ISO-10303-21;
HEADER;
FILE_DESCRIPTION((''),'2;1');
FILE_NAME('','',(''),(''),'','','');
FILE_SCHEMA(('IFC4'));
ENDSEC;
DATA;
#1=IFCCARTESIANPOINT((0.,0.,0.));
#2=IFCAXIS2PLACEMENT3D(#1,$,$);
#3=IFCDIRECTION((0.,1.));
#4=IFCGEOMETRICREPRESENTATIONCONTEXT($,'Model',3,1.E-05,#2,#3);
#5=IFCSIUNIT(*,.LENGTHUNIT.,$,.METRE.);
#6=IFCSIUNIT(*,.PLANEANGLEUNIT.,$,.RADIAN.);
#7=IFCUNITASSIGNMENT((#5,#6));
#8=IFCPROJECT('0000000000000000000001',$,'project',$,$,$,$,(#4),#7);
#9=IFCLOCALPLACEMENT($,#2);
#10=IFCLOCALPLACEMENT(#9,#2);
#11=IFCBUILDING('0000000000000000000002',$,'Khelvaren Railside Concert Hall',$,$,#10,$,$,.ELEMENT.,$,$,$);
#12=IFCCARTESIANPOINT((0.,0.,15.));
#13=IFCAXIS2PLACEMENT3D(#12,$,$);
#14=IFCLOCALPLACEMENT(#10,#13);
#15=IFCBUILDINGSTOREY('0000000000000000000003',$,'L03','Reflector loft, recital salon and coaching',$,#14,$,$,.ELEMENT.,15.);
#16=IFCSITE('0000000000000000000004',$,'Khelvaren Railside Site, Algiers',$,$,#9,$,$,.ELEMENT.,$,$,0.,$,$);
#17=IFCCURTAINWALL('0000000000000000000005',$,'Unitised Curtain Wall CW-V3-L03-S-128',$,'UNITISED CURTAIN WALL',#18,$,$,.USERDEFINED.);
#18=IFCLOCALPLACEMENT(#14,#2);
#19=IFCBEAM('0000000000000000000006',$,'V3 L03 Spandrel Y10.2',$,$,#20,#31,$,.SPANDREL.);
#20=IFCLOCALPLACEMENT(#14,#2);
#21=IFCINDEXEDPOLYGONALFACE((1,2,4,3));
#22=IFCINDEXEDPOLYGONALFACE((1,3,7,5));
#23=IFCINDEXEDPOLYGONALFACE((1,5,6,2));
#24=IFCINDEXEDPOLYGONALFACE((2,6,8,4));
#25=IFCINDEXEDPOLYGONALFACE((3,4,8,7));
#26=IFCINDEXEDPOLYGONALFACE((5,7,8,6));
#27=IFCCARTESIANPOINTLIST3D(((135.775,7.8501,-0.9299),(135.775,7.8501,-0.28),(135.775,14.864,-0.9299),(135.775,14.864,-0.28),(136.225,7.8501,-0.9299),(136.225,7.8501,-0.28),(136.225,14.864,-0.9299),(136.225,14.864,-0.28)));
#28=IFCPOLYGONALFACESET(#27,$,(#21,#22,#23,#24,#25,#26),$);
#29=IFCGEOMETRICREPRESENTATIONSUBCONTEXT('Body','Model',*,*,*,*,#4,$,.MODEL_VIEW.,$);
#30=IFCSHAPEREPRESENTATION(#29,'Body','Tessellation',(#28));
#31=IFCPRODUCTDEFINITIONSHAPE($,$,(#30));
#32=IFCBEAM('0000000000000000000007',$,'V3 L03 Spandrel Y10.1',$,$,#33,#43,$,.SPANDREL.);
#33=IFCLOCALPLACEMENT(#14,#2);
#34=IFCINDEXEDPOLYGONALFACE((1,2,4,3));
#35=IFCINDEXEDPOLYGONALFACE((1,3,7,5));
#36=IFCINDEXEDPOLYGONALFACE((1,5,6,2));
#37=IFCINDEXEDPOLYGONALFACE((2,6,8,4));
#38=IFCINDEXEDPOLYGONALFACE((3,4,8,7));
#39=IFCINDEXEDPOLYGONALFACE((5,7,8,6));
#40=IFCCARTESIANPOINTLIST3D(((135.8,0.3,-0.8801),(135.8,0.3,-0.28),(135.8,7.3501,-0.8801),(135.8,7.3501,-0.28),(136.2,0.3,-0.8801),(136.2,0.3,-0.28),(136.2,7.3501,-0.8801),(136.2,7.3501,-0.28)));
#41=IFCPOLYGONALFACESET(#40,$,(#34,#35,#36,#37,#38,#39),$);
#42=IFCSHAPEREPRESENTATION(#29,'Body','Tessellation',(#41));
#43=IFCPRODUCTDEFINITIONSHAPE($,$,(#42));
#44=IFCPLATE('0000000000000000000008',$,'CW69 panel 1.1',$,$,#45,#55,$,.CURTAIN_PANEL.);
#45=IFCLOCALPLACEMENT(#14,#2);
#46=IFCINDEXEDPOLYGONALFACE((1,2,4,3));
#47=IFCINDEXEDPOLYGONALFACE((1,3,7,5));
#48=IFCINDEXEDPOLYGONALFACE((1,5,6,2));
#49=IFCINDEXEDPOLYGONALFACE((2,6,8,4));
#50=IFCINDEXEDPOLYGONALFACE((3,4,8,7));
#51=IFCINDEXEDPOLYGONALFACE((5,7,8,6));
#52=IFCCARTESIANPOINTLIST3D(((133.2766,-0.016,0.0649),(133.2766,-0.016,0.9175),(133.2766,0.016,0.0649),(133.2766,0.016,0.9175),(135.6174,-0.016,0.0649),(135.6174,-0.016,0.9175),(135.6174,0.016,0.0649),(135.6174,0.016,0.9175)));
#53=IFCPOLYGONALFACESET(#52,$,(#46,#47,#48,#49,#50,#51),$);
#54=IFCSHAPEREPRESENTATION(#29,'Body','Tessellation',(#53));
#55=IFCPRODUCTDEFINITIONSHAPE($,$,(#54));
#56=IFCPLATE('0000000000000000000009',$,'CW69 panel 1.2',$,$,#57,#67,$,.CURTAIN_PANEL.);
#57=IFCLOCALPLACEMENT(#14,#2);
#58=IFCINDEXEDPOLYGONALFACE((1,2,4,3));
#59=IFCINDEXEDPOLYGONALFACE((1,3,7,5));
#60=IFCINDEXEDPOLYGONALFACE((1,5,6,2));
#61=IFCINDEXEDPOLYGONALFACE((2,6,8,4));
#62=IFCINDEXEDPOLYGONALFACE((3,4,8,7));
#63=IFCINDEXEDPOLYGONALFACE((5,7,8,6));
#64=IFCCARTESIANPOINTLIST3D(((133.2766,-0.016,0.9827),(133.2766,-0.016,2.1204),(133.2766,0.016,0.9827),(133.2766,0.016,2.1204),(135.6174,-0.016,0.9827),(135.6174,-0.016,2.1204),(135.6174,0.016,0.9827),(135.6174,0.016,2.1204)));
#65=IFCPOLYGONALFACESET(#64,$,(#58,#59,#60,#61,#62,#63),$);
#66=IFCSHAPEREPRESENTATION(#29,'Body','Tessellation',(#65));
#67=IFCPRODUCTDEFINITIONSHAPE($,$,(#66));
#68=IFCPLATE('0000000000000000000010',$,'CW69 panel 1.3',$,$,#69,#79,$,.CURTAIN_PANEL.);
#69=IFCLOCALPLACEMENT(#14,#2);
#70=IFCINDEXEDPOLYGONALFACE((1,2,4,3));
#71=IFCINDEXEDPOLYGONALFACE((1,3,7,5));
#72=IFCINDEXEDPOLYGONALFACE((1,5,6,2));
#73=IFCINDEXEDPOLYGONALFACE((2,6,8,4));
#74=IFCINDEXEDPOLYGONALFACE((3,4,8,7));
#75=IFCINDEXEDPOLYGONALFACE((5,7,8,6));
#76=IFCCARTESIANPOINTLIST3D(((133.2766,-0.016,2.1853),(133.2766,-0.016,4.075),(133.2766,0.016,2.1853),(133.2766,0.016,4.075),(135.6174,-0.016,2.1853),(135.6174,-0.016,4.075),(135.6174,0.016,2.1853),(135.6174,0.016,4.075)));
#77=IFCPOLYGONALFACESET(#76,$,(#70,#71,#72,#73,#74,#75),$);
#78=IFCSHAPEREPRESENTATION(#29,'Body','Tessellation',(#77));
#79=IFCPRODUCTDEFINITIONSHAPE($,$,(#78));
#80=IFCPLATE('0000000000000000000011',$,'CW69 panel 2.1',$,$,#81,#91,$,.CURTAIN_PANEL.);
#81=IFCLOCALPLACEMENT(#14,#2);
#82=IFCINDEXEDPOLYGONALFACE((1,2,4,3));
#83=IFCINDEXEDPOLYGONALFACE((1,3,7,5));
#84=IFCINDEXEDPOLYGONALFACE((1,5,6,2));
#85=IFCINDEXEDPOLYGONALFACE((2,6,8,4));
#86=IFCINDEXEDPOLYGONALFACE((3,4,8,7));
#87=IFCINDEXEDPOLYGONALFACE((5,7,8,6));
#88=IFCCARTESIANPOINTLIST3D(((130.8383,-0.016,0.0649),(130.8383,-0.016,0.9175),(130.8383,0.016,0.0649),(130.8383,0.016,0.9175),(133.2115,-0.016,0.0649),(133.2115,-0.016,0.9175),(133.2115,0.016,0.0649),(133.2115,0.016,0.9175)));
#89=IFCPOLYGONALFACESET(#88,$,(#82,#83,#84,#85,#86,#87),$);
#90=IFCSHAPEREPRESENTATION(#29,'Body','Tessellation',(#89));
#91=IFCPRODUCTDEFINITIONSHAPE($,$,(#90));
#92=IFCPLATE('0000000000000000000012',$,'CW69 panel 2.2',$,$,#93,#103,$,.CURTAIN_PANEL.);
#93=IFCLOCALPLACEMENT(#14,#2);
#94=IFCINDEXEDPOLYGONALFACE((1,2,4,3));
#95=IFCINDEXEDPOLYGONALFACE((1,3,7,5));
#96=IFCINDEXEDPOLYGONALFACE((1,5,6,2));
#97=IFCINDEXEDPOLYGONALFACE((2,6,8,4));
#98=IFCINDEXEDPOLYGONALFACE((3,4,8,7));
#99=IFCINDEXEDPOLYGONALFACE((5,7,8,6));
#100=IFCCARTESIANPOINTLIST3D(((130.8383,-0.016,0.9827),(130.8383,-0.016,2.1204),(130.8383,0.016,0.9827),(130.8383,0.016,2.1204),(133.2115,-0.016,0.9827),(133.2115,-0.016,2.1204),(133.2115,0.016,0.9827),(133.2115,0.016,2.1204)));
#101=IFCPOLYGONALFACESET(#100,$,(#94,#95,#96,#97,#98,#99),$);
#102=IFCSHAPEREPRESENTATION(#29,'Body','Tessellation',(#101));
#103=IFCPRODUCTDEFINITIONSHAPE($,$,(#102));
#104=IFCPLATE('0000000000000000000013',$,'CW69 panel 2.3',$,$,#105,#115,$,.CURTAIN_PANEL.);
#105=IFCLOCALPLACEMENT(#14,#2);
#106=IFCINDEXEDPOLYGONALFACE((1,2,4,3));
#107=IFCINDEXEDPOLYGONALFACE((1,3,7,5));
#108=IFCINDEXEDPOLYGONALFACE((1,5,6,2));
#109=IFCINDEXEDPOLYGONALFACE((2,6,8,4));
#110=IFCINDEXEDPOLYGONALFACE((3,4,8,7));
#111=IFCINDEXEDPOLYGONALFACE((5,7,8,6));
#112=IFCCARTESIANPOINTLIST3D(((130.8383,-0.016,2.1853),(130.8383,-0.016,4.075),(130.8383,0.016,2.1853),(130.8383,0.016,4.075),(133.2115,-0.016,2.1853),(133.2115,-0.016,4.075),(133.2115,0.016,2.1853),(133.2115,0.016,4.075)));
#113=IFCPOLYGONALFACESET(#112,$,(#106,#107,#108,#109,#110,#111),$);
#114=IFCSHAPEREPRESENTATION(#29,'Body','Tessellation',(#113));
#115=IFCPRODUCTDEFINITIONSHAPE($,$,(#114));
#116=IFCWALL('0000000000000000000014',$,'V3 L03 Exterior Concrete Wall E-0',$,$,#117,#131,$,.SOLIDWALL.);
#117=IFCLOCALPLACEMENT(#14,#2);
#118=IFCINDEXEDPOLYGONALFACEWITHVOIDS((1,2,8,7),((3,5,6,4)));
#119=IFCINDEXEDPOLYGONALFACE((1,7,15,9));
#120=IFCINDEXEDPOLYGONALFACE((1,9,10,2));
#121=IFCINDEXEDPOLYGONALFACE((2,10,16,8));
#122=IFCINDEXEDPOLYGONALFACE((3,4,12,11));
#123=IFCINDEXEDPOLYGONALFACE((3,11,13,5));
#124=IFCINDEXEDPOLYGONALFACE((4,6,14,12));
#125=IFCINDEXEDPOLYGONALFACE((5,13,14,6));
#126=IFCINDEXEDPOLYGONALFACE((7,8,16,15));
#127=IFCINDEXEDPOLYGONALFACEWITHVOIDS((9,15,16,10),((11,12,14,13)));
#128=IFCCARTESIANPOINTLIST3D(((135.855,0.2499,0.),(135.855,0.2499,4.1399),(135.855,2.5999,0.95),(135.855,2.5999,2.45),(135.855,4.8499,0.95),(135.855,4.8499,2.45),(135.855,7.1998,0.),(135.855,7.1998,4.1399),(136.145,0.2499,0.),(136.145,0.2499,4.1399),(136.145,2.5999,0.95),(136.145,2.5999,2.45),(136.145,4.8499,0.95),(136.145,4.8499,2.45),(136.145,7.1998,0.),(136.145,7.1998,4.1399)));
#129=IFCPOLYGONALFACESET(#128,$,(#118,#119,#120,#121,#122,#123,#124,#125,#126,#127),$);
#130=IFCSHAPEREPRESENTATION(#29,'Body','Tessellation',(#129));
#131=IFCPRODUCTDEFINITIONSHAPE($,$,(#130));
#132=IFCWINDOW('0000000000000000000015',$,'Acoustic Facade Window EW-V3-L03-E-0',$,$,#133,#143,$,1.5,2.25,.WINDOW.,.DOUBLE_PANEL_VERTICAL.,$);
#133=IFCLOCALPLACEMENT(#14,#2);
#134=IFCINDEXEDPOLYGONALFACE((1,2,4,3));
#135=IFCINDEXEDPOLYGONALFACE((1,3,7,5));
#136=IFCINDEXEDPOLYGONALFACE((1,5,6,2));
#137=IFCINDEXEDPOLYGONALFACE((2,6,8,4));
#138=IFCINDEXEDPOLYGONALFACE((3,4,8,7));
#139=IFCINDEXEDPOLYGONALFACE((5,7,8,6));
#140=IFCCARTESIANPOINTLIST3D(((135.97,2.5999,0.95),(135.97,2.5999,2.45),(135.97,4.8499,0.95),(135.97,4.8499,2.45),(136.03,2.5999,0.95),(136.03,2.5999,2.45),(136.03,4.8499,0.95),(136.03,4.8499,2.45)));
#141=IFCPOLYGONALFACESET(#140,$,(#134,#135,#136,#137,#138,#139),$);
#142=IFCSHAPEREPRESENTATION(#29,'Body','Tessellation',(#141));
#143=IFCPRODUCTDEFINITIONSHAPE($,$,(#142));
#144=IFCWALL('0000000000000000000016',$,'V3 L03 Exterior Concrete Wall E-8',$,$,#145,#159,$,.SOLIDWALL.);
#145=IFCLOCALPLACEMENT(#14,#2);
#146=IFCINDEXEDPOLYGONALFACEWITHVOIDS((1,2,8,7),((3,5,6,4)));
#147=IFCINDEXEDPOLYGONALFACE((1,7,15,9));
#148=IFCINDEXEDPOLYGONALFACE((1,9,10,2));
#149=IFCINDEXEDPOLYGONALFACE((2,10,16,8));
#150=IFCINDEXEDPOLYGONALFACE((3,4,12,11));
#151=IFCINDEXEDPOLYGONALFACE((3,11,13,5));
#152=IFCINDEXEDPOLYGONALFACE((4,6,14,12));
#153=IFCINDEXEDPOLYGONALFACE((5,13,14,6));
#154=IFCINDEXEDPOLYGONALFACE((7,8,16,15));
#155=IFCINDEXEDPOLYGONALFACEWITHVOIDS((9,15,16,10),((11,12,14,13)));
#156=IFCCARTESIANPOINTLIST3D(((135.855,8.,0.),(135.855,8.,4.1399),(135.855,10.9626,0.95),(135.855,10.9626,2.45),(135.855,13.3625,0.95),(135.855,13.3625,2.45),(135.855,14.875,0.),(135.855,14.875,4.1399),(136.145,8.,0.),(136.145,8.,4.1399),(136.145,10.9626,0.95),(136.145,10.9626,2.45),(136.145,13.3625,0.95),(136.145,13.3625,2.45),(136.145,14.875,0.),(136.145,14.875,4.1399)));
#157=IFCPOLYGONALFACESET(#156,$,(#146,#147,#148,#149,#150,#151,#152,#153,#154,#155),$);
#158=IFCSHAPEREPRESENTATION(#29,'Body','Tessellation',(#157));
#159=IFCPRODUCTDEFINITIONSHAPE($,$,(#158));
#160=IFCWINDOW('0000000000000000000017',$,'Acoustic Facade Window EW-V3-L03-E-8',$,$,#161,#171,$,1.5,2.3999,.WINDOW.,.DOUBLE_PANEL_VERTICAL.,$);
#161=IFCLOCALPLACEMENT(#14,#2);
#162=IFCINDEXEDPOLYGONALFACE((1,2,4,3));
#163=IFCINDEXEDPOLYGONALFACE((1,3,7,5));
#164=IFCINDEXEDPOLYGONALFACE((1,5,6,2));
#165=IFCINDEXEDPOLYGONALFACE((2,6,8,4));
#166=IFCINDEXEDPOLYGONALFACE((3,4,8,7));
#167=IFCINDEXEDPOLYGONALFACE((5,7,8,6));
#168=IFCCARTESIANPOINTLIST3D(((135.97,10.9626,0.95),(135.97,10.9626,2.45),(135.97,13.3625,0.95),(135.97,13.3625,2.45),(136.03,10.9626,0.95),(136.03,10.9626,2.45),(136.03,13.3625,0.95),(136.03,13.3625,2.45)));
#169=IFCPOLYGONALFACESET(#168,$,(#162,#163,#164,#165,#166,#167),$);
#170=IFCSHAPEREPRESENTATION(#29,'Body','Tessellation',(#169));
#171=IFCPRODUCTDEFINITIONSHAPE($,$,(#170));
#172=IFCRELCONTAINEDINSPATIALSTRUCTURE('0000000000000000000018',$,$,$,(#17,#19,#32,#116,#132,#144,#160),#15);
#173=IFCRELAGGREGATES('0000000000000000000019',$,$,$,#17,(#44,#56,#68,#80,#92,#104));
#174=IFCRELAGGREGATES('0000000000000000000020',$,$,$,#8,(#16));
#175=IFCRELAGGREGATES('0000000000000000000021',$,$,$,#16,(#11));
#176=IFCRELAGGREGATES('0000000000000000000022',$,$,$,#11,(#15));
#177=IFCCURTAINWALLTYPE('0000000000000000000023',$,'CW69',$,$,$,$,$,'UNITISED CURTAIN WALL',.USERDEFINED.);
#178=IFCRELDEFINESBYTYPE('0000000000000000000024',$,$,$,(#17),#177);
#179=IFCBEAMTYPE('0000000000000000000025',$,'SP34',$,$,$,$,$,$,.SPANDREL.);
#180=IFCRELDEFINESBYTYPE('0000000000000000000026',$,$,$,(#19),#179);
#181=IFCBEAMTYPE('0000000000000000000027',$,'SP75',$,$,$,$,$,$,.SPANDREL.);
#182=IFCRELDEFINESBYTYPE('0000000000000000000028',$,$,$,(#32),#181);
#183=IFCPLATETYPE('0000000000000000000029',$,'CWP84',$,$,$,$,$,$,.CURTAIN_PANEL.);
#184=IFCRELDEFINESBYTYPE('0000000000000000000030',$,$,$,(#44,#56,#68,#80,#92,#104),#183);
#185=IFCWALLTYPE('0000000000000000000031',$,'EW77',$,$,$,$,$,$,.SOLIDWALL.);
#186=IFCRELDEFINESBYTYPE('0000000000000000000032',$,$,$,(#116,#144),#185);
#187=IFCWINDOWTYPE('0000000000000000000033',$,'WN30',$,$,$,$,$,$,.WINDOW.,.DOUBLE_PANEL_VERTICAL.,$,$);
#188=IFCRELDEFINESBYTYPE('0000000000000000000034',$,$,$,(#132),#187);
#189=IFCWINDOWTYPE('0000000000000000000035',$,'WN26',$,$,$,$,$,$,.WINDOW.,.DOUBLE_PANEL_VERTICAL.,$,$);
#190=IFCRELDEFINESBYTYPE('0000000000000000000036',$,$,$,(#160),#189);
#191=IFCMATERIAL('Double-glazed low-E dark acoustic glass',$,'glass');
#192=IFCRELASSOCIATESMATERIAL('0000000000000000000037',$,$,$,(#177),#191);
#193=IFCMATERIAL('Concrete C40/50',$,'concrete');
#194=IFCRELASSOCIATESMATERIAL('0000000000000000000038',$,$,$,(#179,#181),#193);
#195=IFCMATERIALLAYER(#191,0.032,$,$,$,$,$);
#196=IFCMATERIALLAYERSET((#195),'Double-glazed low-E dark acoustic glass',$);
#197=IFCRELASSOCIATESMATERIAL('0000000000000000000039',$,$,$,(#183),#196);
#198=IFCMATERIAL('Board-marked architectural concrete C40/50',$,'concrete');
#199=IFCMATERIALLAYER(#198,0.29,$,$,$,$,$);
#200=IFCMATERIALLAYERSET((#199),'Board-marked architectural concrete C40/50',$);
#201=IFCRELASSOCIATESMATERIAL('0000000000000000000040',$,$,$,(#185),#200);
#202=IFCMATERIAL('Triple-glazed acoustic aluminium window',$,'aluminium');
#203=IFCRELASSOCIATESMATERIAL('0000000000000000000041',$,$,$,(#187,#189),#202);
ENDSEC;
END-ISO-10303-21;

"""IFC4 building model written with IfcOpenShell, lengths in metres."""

from ifc_helpers import new_model, si_unit, direction, frame, frame_2d, origin, origin_2d, place, context, subcontext, project, spatial, rectangle, extrude, material, layer, layer_set, material_profile, profile_set, type_object, element, fill, aggregate, save


model = new_model("IFC4")

# Units and contexts
model_context = context("Model", 3, precision=1e-05, world=origin(), true_north=direction((0.0, 1.0)))
body_context = subcontext(model_context, "Body", "Model", "MODEL_VIEW")
ifc_project = project(units=[si_unit("LENGTHUNIT", "METRE"), si_unit("PLANEANGLEUNIT", "RADIAN")], contexts=[model_context])

# Site, building, storey
site_placement = place(None, origin())
site = spatial("IfcSite", under=ifc_project, at=site_placement, Name="Khelvaren Railside Site, Algiers", CompositionType="ELEMENT", RefElevation=0.0)
building_placement = place(site_placement, origin())
building = spatial("IfcBuilding", under=site, at=building_placement, Name="Khelvaren Railside Concert Hall", CompositionType="ELEMENT")
storey_placement = place(building_placement, frame((0.0, 0.0, 15.0)))
storey = spatial("IfcBuildingStorey", under=building, at=storey_placement, Name="L03", Description="Reflector loft, recital salon and coaching", CompositionType="ELEMENT", Elevation=15.0)

# Curtain wall
ifc_material_1 = material(Name="Double-glazed low-E dark acoustic glass", Category="glass")
curtain_wall_type = type_object("IfcCurtainWallType", Name="CW69", ElementType="UNITISED CURTAIN WALL", PredefinedType="USERDEFINED", material=ifc_material_1)
curtain_wall_placement = place(storey_placement, origin())
curtain_wall = element("IfcCurtainWall", 1, at=curtain_wall_placement, inside=storey, type_object=curtain_wall_type, Name="Unitised Curtain Wall CW-V3-L03-S-128", ObjectType="UNITISED CURTAIN WALL", PredefinedType="USERDEFINED")

# Beams
ifc_material_2 = material(Name="Concrete C40/50", Category="concrete")
ifc_material_profile_1 = material_profile(ifc_material_2, rectangle(XDim=0.45, YDim=0.6499, at=origin_2d()), Name="RCB 450x650")
ifc_profile_set_1 = profile_set([ifc_material_profile_1], Name="Concrete C40/50")
beam_type_1 = type_object("IfcBeamType", Name="SP34", PredefinedType="SPANDREL", material=ifc_profile_set_1)
beam_1_placement = place(storey_placement, frame((136.0, 7.8501, -0.605), z_axis=(0.0, 1.0, 0.0), x_axis=(-1.0, 0.0, 0.0)))
element("IfcBeam", 2, at=beam_1_placement, inside=storey, type_object=beam_type_1, Name="V3 L03 Spandrel Y10.2", PredefinedType="SPANDREL", context=body_context, shape_type="SweptSolid", body=[
    extrude(rectangle(XDim=0.45, YDim=0.6499, at=origin_2d()), origin(), (0.0, 0.0, 1.0), 7.0139),
])
ifc_material_profile_2 = material_profile(ifc_material_2, rectangle(XDim=0.3999, YDim=0.6001, at=origin_2d()), Name="RCB 400x600")
ifc_profile_set_2 = profile_set([ifc_material_profile_2], Name="Concrete C40/50")
beam_type_2 = type_object("IfcBeamType", Name="SP75", PredefinedType="SPANDREL", material=ifc_profile_set_2)
beam_2_placement = place(storey_placement, frame((136.0, 0.3, -0.5801), z_axis=(0.0, 1.0, 0.0), x_axis=(-1.0, 0.0, 0.0)))
element("IfcBeam", 3, at=beam_2_placement, inside=storey, type_object=beam_type_2, Name="V3 L03 Spandrel Y10.1", PredefinedType="SPANDREL", context=body_context, shape_type="SweptSolid", body=[
    extrude(rectangle(XDim=0.3999, YDim=0.6001, at=origin_2d()), origin(), (0.0, 0.0, 1.0), 7.05),
])

# Plates
ifc_layer_1 = layer(ifc_material_1, 0.032)
ifc_layer_set_1 = layer_set([ifc_layer_1], Name="Double-glazed low-E dark acoustic glass")
plate_type = type_object("IfcPlateType", Name="CWP84", PredefinedType="CURTAIN_PANEL", material=ifc_layer_set_1)
plate_1_placement = place(storey_placement, frame((134.447, 0.0, 0.0649), z_axis=(0.0, 0.0, 1.0), x_axis=(-1.0, 0.0, 0.0)))
plate_1 = element("IfcPlate", 4, at=plate_1_placement, type_object=plate_type, Name="CW69 panel 1.1", PredefinedType="CURTAIN_PANEL", context=body_context, shape_type="SweptSolid", body=[
    extrude(rectangle(XDim=2.3408, YDim=0.032, at=origin_2d()), origin(), (0.0, 0.0, 1.0), 0.8525),
])
plate_2_placement = place(storey_placement, frame((134.447, 0.0, 0.9827), z_axis=(0.0, 0.0, 1.0), x_axis=(-1.0, 0.0, 0.0)))
plate_2 = element("IfcPlate", 5, at=plate_2_placement, type_object=plate_type, Name="CW69 panel 1.2", PredefinedType="CURTAIN_PANEL", context=body_context, shape_type="SweptSolid", body=[
    extrude(rectangle(XDim=2.3408, YDim=0.032, at=origin_2d()), origin(), (0.0, 0.0, 1.0), 1.1377),
])
plate_3_placement = place(storey_placement, frame((134.447, 0.0, 2.1853), z_axis=(0.0, 0.0, 1.0), x_axis=(-1.0, 0.0, 0.0)))
plate_3 = element("IfcPlate", 6, at=plate_3_placement, type_object=plate_type, Name="CW69 panel 1.3", PredefinedType="CURTAIN_PANEL", context=body_context, shape_type="SweptSolid", body=[
    extrude(rectangle(XDim=2.3408, YDim=0.032, at=origin_2d()), origin(), (0.0, 0.0, 1.0), 1.8896),
])
plate_4_placement = place(storey_placement, frame((132.0249, 0.0, 0.0649), z_axis=(0.0, 0.0, 1.0), x_axis=(-1.0, 0.0, 0.0)))
plate_4 = element("IfcPlate", 7, at=plate_4_placement, type_object=plate_type, Name="CW69 panel 2.1", PredefinedType="CURTAIN_PANEL", context=body_context, shape_type="SweptSolid", body=[
    extrude(rectangle(XDim=2.3733, YDim=0.032, at=origin_2d()), origin(), (0.0, 0.0, 1.0), 0.8525),
])
plate_5_placement = place(storey_placement, frame((132.0249, 0.0, 0.9827), z_axis=(0.0, 0.0, 1.0), x_axis=(-1.0, 0.0, 0.0)))
plate_5 = element("IfcPlate", 8, at=plate_5_placement, type_object=plate_type, Name="CW69 panel 2.2", PredefinedType="CURTAIN_PANEL", context=body_context, shape_type="SweptSolid", body=[
    extrude(rectangle(XDim=2.3733, YDim=0.032, at=origin_2d()), origin(), (0.0, 0.0, 1.0), 1.1377),
])
plate_6_placement = place(storey_placement, frame((132.0249, 0.0, 2.1853), z_axis=(0.0, 0.0, 1.0), x_axis=(-1.0, 0.0, 0.0)))
plate_6 = element("IfcPlate", 9, at=plate_6_placement, type_object=plate_type, Name="CW69 panel 2.3", PredefinedType="CURTAIN_PANEL", context=body_context, shape_type="SweptSolid", body=[
    extrude(rectangle(XDim=2.3733, YDim=0.032, at=origin_2d()), origin(), (0.0, 0.0, 1.0), 1.8896),
])
aggregate(curtain_wall, [plate_1, plate_2, plate_3, plate_4, plate_5, plate_6])

# Walls, openings, windows
ifc_material_3 = material(Name="Board-marked architectural concrete C40/50", Category="concrete")
ifc_layer_2 = layer(ifc_material_3, 0.29)
ifc_layer_set_2 = layer_set([ifc_layer_2], Name="Board-marked architectural concrete C40/50")
wall_type_1 = type_object("IfcWallType", Name="EW77", PredefinedType="SOLIDWALL", material=ifc_layer_set_2)
wall_1_placement = place(storey_placement, frame((136.0, 7.2, 0.0), z_axis=(0.0, 0.0, 1.0), x_axis=(0.0, -1.0, 0.0)))
wall_1 = element("IfcWall", 10, at=wall_1_placement, inside=storey, type_object=wall_type_1, Name="V3 L03 Exterior Concrete Wall E-0", PredefinedType="SOLIDWALL", context=body_context, shape_type="SweptSolid", body=[
    extrude(rectangle(XDim=6.95, YDim=0.29, at=frame_2d((3.4751, 0.0))), origin(), (0.0, 0.0, 1.0), 4.1399),
])
opening_1_placement = place(wall_1_placement, frame((2.3501, 0.0, 0.95)))
opening_1 = element("IfcOpeningElement", 11, at=opening_1_placement, cuts=wall_1, PredefinedType="OPENING", context=body_context, shape_type="SweptSolid", body=[
    extrude(rectangle(XDim=2.25, YDim=1.5, at=frame_2d((1.125, 0.75))), frame((0.0, 0.155, 0.0), z_axis=(0.0, -1.0, 0.0), x_axis=(1.0, 0.0, 0.0)), (0.0, 0.0, 1.0), 0.3101),
])
ifc_material_4 = material(Name="Triple-glazed acoustic aluminium window", Category="aluminium")
window_type_1 = type_object("IfcWindowType", Name="WN30", PartitioningType="DOUBLE_PANEL_VERTICAL", PredefinedType="WINDOW", material=ifc_material_4)
window_1_placement = place(opening_1_placement, origin())
window_1 = element("IfcWindow", 12, at=window_1_placement, inside=storey, type_object=window_type_1, Name="Acoustic Facade Window EW-V3-L03-E-0", OverallHeight=1.5, OverallWidth=2.25, PartitioningType="DOUBLE_PANEL_VERTICAL", PredefinedType="WINDOW", context=body_context, shape_type="SweptSolid", body=[
    extrude(rectangle(XDim=2.25, YDim=1.5, at=frame_2d((1.125, 0.75))), frame((0.0, 0.03, 0.0), z_axis=(0.0, -1.0, 0.0), x_axis=(1.0, 0.0, 0.0)), (0.0, 0.0, 1.0), 0.0601),
])
fill(opening_1, window_1)
wall_2_placement = place(storey_placement, frame((136.0, 14.875, 0.0), z_axis=(0.0, 0.0, 1.0), x_axis=(0.0, -1.0, 0.0)))
wall_2 = element("IfcWall", 13, at=wall_2_placement, inside=storey, type_object=wall_type_1, Name="V3 L03 Exterior Concrete Wall E-8", PredefinedType="SOLIDWALL", context=body_context, shape_type="SweptSolid", body=[
    extrude(rectangle(XDim=6.875, YDim=0.29, at=frame_2d((3.4375, 0.0))), origin(), (0.0, 0.0, 1.0), 4.1399),
])
opening_2_placement = place(wall_2_placement, frame((1.5125, 0.0, 0.95)))
opening_2 = element("IfcOpeningElement", 14, at=opening_2_placement, cuts=wall_2, PredefinedType="OPENING", context=body_context, shape_type="SweptSolid", body=[
    extrude(rectangle(XDim=2.3999, YDim=1.5, at=frame_2d((1.2, 0.75))), frame((0.0, 0.155, 0.0), z_axis=(0.0, -1.0, 0.0), x_axis=(1.0, 0.0, 0.0)), (0.0, 0.0, 1.0), 0.3101),
])
window_type_2 = type_object("IfcWindowType", Name="WN26", PartitioningType="DOUBLE_PANEL_VERTICAL", PredefinedType="WINDOW", material=ifc_material_4)
window_2_placement = place(opening_2_placement, origin())
window_2 = element("IfcWindow", 15, at=window_2_placement, inside=storey, type_object=window_type_2, Name="Acoustic Facade Window EW-V3-L03-E-8", OverallHeight=1.5, OverallWidth=2.3999, PartitioningType="DOUBLE_PANEL_VERTICAL", PredefinedType="WINDOW", context=body_context, shape_type="SweptSolid", body=[
    extrude(rectangle(XDim=2.3999, YDim=1.5, at=frame_2d((1.2, 0.75))), frame((0.0, 0.03, 0.0), z_axis=(0.0, -1.0, 0.0), x_axis=(1.0, 0.0, 0.0)), (0.0, 0.0, 1.0), 0.0601),
])
fill(opening_2, window_2)

save(model, "model.ifc")
